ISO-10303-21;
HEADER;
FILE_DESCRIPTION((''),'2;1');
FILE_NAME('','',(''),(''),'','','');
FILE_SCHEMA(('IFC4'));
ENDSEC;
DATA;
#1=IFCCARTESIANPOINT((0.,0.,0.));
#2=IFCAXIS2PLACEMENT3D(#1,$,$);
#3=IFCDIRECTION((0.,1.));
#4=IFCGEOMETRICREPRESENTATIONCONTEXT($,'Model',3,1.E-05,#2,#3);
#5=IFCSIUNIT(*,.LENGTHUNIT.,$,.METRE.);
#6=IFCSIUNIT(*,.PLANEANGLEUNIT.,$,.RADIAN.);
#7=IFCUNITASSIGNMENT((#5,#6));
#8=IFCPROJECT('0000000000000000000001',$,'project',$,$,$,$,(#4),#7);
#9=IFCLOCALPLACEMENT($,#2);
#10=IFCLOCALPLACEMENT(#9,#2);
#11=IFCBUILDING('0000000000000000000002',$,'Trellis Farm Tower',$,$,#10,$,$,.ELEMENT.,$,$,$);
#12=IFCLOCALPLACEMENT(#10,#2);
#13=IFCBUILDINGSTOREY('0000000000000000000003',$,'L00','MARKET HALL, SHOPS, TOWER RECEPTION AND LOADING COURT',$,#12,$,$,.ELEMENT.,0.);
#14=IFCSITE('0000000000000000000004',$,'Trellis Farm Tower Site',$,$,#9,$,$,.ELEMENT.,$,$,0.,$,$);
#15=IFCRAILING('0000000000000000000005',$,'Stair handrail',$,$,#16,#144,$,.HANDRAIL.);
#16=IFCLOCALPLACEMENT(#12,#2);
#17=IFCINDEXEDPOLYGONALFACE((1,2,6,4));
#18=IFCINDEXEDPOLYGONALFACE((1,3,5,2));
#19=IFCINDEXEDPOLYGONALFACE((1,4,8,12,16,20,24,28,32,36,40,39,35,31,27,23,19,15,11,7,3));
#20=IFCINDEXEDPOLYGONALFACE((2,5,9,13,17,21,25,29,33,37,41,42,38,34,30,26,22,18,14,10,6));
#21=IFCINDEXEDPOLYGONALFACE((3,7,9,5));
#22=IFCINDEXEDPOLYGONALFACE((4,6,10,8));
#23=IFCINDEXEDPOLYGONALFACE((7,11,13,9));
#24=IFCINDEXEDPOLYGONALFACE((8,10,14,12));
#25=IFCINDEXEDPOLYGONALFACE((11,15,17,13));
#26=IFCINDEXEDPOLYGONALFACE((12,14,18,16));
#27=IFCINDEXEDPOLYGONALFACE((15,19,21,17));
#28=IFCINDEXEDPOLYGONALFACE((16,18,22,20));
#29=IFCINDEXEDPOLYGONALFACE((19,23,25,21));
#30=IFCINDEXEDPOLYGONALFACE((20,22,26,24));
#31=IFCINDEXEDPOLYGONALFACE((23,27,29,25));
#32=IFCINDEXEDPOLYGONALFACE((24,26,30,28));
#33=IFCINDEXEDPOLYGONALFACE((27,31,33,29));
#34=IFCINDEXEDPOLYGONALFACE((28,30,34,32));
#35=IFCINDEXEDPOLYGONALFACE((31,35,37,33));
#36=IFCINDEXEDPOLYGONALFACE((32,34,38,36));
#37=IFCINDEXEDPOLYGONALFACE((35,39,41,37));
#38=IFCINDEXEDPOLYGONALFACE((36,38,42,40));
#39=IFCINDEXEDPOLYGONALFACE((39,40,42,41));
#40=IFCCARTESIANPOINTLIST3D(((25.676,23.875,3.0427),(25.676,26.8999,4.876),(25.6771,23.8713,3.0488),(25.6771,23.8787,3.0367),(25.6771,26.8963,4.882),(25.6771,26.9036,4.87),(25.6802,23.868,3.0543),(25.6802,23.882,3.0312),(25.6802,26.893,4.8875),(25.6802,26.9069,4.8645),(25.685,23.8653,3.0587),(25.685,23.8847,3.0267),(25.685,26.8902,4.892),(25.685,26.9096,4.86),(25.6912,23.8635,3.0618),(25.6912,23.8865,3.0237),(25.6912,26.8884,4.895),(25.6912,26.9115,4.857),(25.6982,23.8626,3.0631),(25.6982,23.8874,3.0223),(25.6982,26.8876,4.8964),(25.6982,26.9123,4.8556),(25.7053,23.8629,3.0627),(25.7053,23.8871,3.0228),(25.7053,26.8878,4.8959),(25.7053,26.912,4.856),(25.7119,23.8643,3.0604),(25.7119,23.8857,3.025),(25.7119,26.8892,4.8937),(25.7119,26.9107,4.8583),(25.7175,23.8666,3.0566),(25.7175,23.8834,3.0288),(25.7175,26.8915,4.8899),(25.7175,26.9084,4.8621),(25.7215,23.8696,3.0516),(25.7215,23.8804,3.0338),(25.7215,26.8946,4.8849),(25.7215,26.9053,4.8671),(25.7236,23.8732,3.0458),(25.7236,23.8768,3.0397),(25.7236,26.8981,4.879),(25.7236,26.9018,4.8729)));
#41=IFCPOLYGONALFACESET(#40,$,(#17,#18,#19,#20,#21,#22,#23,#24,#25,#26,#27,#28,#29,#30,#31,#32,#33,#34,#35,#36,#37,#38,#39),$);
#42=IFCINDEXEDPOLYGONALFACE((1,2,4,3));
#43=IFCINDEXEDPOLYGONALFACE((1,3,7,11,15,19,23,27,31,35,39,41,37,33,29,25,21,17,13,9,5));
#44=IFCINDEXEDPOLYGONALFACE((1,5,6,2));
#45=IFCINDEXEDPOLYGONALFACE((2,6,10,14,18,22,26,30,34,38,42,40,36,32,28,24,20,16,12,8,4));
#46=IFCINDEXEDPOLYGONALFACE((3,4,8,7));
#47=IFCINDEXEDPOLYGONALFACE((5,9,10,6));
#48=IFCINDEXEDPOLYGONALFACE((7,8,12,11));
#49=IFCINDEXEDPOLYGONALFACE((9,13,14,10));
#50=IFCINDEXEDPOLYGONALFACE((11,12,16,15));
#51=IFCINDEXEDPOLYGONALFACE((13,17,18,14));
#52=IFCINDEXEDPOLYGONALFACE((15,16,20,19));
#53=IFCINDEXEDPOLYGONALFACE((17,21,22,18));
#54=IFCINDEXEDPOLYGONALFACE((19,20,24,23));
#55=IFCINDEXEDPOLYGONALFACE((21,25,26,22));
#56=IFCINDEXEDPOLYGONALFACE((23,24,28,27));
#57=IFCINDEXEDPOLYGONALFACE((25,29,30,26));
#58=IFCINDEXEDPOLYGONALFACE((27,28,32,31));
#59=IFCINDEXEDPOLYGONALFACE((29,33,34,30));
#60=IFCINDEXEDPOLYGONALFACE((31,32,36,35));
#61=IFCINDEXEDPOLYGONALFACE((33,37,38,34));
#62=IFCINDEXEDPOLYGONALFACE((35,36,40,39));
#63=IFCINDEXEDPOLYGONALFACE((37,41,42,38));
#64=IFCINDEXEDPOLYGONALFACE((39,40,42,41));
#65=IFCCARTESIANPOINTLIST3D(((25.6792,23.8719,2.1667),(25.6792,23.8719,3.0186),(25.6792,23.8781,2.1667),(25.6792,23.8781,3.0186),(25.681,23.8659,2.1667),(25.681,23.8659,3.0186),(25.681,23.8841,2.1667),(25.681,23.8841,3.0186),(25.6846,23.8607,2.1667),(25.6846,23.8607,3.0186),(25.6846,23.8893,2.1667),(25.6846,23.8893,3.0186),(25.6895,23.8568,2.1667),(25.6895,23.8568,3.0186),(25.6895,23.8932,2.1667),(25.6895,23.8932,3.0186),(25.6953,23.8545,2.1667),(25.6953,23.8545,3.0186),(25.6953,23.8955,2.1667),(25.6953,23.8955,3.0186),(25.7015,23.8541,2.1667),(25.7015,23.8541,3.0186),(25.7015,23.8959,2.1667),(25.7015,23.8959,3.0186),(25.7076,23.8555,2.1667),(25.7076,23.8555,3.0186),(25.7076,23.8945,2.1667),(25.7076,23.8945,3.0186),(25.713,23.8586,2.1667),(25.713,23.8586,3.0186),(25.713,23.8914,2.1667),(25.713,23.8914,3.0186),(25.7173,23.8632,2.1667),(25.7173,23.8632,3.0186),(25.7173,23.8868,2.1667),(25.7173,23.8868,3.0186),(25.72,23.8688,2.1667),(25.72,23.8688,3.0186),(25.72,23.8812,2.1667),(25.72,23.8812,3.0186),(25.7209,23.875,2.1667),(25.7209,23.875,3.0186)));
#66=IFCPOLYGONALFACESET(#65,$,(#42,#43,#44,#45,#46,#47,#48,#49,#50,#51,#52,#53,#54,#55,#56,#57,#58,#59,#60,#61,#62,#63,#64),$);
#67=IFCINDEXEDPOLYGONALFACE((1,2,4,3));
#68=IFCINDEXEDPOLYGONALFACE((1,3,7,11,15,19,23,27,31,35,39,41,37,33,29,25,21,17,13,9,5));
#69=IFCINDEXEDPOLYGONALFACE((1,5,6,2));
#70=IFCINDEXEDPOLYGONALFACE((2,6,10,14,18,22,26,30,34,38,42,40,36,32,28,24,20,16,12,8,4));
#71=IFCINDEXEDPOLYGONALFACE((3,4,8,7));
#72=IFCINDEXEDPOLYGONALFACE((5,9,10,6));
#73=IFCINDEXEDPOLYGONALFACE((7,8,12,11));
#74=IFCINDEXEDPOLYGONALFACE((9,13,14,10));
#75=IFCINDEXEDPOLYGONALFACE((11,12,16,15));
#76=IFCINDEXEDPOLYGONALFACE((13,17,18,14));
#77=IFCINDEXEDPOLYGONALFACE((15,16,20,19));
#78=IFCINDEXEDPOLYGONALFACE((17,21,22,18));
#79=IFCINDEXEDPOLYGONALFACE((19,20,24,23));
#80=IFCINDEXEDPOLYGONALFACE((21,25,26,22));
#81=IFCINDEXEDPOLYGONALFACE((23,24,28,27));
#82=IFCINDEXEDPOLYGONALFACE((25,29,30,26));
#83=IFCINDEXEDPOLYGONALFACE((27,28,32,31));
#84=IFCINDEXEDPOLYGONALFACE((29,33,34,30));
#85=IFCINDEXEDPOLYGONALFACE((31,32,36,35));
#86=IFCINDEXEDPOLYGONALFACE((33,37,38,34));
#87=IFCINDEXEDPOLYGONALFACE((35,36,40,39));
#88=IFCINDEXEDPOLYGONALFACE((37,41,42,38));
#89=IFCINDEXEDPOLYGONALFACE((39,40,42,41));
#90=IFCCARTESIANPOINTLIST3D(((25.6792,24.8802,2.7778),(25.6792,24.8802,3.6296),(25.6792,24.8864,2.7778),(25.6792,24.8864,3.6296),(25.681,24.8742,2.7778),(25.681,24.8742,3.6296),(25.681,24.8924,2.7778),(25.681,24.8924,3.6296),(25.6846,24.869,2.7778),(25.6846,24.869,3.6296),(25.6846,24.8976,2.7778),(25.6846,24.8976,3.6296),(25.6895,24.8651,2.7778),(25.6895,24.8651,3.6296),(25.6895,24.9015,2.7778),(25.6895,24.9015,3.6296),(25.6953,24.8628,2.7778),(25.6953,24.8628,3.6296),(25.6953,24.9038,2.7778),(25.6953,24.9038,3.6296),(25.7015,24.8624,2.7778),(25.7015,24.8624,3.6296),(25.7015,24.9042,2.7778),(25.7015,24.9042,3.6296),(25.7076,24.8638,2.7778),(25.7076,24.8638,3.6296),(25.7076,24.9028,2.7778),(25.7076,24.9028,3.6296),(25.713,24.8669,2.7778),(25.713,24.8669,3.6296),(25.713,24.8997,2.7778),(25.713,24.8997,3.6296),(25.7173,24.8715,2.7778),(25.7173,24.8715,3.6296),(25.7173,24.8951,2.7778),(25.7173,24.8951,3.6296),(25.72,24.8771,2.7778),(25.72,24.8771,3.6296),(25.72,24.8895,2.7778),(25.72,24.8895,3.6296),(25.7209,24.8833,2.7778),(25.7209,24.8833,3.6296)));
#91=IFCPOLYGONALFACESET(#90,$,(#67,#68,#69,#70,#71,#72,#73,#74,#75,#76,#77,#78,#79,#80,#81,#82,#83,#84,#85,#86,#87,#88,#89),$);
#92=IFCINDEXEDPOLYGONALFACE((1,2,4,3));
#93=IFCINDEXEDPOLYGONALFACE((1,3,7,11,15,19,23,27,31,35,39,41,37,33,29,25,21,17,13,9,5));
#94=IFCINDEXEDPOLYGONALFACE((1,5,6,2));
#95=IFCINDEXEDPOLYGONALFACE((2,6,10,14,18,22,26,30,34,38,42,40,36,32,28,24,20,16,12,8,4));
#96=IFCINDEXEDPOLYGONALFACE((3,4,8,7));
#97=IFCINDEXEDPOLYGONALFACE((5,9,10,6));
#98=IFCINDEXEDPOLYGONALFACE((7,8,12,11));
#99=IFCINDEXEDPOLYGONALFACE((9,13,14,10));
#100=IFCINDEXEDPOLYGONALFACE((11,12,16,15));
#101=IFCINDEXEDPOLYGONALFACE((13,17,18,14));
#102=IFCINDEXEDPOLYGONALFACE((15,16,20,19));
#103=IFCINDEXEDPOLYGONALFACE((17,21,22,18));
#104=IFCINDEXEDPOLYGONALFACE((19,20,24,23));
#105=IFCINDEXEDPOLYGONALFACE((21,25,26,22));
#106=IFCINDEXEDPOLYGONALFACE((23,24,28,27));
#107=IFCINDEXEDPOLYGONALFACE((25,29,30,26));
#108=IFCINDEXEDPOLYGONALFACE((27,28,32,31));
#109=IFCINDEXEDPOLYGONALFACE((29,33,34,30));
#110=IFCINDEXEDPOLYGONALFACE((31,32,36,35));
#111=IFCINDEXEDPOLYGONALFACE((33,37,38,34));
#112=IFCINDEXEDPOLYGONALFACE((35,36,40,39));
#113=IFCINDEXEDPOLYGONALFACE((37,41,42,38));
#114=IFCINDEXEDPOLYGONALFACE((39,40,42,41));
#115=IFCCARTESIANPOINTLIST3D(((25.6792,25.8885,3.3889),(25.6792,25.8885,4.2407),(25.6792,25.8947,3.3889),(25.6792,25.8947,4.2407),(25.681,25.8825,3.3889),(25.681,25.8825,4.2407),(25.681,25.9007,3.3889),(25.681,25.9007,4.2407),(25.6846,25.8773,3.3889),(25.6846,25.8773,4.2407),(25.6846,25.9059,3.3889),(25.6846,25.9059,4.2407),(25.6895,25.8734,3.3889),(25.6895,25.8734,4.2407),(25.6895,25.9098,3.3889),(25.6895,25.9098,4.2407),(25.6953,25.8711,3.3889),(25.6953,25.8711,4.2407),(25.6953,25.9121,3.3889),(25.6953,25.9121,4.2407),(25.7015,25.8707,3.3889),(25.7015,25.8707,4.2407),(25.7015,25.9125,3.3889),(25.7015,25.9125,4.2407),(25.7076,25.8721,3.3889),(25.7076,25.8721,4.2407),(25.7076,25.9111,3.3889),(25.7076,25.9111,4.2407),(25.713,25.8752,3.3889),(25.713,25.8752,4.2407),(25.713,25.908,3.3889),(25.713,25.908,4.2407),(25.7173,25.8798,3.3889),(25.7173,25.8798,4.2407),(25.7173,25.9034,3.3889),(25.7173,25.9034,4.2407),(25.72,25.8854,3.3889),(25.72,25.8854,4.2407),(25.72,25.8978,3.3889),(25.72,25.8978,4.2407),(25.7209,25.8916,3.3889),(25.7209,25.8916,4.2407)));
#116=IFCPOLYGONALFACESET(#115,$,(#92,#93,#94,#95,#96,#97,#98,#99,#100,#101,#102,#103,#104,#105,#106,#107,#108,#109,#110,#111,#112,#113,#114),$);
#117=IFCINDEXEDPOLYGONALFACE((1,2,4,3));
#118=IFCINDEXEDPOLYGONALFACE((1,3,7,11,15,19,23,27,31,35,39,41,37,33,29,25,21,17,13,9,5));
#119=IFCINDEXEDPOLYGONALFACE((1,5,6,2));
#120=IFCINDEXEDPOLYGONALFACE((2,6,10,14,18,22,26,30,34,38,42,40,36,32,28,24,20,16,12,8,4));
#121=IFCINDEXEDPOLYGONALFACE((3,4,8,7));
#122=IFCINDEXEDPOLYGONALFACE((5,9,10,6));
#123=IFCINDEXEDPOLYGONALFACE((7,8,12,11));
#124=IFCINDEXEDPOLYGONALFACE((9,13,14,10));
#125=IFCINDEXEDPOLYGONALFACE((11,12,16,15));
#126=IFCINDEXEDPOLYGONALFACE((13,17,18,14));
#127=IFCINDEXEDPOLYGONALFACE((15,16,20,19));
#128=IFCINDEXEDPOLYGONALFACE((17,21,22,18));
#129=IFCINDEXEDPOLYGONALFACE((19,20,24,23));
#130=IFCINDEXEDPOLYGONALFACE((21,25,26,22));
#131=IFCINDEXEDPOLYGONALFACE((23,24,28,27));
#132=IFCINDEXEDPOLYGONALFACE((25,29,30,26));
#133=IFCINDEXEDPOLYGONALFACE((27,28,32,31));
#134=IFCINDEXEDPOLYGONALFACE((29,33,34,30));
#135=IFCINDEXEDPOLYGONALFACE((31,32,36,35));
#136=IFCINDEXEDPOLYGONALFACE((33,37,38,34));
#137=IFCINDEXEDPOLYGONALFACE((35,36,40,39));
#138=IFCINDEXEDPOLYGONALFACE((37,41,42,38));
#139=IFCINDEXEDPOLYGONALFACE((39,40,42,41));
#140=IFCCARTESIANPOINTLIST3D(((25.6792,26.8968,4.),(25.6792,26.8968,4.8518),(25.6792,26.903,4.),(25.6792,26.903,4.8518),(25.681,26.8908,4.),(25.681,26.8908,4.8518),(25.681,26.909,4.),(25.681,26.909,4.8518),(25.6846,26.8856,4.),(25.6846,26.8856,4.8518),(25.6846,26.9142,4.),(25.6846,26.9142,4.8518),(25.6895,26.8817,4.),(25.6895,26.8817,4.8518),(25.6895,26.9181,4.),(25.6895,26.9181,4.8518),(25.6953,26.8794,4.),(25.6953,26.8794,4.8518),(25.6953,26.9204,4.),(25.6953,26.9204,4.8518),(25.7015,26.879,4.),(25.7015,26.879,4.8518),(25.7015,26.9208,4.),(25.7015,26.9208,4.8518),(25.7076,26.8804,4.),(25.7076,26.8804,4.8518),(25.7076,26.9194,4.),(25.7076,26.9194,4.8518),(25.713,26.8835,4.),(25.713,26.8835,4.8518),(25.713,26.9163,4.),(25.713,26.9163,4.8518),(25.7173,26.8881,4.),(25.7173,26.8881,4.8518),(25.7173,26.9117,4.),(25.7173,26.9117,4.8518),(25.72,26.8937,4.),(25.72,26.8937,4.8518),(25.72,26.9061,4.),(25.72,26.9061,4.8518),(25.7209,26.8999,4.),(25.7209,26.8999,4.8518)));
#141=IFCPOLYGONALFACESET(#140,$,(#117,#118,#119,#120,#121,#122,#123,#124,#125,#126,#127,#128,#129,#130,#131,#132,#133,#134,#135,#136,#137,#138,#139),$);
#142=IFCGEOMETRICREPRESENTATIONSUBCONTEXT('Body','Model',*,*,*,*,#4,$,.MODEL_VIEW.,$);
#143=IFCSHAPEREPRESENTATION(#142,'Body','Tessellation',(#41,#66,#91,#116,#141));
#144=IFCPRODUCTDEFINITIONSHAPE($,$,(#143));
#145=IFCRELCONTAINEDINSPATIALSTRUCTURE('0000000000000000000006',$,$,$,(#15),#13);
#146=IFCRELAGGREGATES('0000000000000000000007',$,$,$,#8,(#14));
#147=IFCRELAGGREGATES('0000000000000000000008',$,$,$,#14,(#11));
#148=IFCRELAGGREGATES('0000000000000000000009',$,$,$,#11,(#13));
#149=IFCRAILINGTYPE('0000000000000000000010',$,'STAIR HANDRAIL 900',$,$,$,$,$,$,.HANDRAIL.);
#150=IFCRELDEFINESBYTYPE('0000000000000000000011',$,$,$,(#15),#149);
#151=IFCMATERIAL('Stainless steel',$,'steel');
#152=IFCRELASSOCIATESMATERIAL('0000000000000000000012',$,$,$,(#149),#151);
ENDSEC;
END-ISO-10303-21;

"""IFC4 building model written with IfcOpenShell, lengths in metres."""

from ifc_helpers import new_model, si_unit, direction, frame, origin, origin_2d, place, context, subcontext, project, spatial, circle, extrude, source, transform, mapped, material, type_object, element, save


model = new_model("IFC4")

# Units and contexts
model_context = context("Model", 3, precision=1e-05, world=origin(), true_north=direction((0.0, 1.0)))
body_context = subcontext(model_context, "Body", "Model", "MODEL_VIEW")
ifc_project = project(units=[si_unit("LENGTHUNIT", "METRE"), si_unit("PLANEANGLEUNIT", "RADIAN")], contexts=[model_context])

# Site, building, storey
site_placement = place(None, origin())
site = spatial("IfcSite", under=ifc_project, at=site_placement, Name="Trellis Farm Tower Site", CompositionType="ELEMENT", RefElevation=0.0)
building_placement = place(site_placement, origin())
building = spatial("IfcBuilding", under=site, at=building_placement, Name="Trellis Farm Tower", CompositionType="ELEMENT")
storey_placement = place(building_placement, origin())
storey = spatial("IfcBuildingStorey", under=building, at=storey_placement, Name="L00", Description="MARKET HALL, SHOPS, TOWER RECEPTION AND LOADING COURT", CompositionType="ELEMENT", Elevation=0.0)

# Railing
ifc_material_1 = material(Name="Stainless steel", Category="steel")
railing_type = type_object("IfcRailingType", Name="STAIR HANDRAIL 900", PredefinedType="HANDRAIL", material=ifc_material_1)
shared_shape_1 = source(origin(), body_context, "Body", "SweptSolid", [
    extrude(circle(Radius=0.0239, at=origin_2d()), frame((0.0, 0.0, 0.876), z_axis=(0.0, 0.855201, 0.518297), x_axis=(-1.0, 0.0, 0.0)), (0.0, 0.0, 1.0), 3.5371),
    extrude(circle(Radius=0.021, at=origin_2d()), origin(), (0.0, 0.0, 1.0), 0.8518),
    extrude(circle(Radius=0.021, at=origin_2d()), frame((0.0, 1.0083, 0.6111)), (0.0, 0.0, 1.0), 0.8518),
    extrude(circle(Radius=0.021, at=origin_2d()), frame((0.0, 2.0166, 1.2222)), (0.0, 0.0, 1.0), 0.8518),
    extrude(circle(Radius=0.021, at=origin_2d()), frame((0.0, 3.0249, 1.8333)), (0.0, 0.0, 1.0), 0.8518),
])
for number, where, name in (
    (1, (25.7, 23.875, 2.1667), "Stair handrail"),
):
    element("IfcRailing", number, at=place(storey_placement, frame(where)), inside=storey, type_object=railing_type, Name=name, PredefinedType="HANDRAIL", context=body_context, shape_type="MappedRepresentation", body=[
        mapped(shared_shape_1, transform((0.0, 0.0, 0.0))),
    ])

save(model, "model.ifc")
